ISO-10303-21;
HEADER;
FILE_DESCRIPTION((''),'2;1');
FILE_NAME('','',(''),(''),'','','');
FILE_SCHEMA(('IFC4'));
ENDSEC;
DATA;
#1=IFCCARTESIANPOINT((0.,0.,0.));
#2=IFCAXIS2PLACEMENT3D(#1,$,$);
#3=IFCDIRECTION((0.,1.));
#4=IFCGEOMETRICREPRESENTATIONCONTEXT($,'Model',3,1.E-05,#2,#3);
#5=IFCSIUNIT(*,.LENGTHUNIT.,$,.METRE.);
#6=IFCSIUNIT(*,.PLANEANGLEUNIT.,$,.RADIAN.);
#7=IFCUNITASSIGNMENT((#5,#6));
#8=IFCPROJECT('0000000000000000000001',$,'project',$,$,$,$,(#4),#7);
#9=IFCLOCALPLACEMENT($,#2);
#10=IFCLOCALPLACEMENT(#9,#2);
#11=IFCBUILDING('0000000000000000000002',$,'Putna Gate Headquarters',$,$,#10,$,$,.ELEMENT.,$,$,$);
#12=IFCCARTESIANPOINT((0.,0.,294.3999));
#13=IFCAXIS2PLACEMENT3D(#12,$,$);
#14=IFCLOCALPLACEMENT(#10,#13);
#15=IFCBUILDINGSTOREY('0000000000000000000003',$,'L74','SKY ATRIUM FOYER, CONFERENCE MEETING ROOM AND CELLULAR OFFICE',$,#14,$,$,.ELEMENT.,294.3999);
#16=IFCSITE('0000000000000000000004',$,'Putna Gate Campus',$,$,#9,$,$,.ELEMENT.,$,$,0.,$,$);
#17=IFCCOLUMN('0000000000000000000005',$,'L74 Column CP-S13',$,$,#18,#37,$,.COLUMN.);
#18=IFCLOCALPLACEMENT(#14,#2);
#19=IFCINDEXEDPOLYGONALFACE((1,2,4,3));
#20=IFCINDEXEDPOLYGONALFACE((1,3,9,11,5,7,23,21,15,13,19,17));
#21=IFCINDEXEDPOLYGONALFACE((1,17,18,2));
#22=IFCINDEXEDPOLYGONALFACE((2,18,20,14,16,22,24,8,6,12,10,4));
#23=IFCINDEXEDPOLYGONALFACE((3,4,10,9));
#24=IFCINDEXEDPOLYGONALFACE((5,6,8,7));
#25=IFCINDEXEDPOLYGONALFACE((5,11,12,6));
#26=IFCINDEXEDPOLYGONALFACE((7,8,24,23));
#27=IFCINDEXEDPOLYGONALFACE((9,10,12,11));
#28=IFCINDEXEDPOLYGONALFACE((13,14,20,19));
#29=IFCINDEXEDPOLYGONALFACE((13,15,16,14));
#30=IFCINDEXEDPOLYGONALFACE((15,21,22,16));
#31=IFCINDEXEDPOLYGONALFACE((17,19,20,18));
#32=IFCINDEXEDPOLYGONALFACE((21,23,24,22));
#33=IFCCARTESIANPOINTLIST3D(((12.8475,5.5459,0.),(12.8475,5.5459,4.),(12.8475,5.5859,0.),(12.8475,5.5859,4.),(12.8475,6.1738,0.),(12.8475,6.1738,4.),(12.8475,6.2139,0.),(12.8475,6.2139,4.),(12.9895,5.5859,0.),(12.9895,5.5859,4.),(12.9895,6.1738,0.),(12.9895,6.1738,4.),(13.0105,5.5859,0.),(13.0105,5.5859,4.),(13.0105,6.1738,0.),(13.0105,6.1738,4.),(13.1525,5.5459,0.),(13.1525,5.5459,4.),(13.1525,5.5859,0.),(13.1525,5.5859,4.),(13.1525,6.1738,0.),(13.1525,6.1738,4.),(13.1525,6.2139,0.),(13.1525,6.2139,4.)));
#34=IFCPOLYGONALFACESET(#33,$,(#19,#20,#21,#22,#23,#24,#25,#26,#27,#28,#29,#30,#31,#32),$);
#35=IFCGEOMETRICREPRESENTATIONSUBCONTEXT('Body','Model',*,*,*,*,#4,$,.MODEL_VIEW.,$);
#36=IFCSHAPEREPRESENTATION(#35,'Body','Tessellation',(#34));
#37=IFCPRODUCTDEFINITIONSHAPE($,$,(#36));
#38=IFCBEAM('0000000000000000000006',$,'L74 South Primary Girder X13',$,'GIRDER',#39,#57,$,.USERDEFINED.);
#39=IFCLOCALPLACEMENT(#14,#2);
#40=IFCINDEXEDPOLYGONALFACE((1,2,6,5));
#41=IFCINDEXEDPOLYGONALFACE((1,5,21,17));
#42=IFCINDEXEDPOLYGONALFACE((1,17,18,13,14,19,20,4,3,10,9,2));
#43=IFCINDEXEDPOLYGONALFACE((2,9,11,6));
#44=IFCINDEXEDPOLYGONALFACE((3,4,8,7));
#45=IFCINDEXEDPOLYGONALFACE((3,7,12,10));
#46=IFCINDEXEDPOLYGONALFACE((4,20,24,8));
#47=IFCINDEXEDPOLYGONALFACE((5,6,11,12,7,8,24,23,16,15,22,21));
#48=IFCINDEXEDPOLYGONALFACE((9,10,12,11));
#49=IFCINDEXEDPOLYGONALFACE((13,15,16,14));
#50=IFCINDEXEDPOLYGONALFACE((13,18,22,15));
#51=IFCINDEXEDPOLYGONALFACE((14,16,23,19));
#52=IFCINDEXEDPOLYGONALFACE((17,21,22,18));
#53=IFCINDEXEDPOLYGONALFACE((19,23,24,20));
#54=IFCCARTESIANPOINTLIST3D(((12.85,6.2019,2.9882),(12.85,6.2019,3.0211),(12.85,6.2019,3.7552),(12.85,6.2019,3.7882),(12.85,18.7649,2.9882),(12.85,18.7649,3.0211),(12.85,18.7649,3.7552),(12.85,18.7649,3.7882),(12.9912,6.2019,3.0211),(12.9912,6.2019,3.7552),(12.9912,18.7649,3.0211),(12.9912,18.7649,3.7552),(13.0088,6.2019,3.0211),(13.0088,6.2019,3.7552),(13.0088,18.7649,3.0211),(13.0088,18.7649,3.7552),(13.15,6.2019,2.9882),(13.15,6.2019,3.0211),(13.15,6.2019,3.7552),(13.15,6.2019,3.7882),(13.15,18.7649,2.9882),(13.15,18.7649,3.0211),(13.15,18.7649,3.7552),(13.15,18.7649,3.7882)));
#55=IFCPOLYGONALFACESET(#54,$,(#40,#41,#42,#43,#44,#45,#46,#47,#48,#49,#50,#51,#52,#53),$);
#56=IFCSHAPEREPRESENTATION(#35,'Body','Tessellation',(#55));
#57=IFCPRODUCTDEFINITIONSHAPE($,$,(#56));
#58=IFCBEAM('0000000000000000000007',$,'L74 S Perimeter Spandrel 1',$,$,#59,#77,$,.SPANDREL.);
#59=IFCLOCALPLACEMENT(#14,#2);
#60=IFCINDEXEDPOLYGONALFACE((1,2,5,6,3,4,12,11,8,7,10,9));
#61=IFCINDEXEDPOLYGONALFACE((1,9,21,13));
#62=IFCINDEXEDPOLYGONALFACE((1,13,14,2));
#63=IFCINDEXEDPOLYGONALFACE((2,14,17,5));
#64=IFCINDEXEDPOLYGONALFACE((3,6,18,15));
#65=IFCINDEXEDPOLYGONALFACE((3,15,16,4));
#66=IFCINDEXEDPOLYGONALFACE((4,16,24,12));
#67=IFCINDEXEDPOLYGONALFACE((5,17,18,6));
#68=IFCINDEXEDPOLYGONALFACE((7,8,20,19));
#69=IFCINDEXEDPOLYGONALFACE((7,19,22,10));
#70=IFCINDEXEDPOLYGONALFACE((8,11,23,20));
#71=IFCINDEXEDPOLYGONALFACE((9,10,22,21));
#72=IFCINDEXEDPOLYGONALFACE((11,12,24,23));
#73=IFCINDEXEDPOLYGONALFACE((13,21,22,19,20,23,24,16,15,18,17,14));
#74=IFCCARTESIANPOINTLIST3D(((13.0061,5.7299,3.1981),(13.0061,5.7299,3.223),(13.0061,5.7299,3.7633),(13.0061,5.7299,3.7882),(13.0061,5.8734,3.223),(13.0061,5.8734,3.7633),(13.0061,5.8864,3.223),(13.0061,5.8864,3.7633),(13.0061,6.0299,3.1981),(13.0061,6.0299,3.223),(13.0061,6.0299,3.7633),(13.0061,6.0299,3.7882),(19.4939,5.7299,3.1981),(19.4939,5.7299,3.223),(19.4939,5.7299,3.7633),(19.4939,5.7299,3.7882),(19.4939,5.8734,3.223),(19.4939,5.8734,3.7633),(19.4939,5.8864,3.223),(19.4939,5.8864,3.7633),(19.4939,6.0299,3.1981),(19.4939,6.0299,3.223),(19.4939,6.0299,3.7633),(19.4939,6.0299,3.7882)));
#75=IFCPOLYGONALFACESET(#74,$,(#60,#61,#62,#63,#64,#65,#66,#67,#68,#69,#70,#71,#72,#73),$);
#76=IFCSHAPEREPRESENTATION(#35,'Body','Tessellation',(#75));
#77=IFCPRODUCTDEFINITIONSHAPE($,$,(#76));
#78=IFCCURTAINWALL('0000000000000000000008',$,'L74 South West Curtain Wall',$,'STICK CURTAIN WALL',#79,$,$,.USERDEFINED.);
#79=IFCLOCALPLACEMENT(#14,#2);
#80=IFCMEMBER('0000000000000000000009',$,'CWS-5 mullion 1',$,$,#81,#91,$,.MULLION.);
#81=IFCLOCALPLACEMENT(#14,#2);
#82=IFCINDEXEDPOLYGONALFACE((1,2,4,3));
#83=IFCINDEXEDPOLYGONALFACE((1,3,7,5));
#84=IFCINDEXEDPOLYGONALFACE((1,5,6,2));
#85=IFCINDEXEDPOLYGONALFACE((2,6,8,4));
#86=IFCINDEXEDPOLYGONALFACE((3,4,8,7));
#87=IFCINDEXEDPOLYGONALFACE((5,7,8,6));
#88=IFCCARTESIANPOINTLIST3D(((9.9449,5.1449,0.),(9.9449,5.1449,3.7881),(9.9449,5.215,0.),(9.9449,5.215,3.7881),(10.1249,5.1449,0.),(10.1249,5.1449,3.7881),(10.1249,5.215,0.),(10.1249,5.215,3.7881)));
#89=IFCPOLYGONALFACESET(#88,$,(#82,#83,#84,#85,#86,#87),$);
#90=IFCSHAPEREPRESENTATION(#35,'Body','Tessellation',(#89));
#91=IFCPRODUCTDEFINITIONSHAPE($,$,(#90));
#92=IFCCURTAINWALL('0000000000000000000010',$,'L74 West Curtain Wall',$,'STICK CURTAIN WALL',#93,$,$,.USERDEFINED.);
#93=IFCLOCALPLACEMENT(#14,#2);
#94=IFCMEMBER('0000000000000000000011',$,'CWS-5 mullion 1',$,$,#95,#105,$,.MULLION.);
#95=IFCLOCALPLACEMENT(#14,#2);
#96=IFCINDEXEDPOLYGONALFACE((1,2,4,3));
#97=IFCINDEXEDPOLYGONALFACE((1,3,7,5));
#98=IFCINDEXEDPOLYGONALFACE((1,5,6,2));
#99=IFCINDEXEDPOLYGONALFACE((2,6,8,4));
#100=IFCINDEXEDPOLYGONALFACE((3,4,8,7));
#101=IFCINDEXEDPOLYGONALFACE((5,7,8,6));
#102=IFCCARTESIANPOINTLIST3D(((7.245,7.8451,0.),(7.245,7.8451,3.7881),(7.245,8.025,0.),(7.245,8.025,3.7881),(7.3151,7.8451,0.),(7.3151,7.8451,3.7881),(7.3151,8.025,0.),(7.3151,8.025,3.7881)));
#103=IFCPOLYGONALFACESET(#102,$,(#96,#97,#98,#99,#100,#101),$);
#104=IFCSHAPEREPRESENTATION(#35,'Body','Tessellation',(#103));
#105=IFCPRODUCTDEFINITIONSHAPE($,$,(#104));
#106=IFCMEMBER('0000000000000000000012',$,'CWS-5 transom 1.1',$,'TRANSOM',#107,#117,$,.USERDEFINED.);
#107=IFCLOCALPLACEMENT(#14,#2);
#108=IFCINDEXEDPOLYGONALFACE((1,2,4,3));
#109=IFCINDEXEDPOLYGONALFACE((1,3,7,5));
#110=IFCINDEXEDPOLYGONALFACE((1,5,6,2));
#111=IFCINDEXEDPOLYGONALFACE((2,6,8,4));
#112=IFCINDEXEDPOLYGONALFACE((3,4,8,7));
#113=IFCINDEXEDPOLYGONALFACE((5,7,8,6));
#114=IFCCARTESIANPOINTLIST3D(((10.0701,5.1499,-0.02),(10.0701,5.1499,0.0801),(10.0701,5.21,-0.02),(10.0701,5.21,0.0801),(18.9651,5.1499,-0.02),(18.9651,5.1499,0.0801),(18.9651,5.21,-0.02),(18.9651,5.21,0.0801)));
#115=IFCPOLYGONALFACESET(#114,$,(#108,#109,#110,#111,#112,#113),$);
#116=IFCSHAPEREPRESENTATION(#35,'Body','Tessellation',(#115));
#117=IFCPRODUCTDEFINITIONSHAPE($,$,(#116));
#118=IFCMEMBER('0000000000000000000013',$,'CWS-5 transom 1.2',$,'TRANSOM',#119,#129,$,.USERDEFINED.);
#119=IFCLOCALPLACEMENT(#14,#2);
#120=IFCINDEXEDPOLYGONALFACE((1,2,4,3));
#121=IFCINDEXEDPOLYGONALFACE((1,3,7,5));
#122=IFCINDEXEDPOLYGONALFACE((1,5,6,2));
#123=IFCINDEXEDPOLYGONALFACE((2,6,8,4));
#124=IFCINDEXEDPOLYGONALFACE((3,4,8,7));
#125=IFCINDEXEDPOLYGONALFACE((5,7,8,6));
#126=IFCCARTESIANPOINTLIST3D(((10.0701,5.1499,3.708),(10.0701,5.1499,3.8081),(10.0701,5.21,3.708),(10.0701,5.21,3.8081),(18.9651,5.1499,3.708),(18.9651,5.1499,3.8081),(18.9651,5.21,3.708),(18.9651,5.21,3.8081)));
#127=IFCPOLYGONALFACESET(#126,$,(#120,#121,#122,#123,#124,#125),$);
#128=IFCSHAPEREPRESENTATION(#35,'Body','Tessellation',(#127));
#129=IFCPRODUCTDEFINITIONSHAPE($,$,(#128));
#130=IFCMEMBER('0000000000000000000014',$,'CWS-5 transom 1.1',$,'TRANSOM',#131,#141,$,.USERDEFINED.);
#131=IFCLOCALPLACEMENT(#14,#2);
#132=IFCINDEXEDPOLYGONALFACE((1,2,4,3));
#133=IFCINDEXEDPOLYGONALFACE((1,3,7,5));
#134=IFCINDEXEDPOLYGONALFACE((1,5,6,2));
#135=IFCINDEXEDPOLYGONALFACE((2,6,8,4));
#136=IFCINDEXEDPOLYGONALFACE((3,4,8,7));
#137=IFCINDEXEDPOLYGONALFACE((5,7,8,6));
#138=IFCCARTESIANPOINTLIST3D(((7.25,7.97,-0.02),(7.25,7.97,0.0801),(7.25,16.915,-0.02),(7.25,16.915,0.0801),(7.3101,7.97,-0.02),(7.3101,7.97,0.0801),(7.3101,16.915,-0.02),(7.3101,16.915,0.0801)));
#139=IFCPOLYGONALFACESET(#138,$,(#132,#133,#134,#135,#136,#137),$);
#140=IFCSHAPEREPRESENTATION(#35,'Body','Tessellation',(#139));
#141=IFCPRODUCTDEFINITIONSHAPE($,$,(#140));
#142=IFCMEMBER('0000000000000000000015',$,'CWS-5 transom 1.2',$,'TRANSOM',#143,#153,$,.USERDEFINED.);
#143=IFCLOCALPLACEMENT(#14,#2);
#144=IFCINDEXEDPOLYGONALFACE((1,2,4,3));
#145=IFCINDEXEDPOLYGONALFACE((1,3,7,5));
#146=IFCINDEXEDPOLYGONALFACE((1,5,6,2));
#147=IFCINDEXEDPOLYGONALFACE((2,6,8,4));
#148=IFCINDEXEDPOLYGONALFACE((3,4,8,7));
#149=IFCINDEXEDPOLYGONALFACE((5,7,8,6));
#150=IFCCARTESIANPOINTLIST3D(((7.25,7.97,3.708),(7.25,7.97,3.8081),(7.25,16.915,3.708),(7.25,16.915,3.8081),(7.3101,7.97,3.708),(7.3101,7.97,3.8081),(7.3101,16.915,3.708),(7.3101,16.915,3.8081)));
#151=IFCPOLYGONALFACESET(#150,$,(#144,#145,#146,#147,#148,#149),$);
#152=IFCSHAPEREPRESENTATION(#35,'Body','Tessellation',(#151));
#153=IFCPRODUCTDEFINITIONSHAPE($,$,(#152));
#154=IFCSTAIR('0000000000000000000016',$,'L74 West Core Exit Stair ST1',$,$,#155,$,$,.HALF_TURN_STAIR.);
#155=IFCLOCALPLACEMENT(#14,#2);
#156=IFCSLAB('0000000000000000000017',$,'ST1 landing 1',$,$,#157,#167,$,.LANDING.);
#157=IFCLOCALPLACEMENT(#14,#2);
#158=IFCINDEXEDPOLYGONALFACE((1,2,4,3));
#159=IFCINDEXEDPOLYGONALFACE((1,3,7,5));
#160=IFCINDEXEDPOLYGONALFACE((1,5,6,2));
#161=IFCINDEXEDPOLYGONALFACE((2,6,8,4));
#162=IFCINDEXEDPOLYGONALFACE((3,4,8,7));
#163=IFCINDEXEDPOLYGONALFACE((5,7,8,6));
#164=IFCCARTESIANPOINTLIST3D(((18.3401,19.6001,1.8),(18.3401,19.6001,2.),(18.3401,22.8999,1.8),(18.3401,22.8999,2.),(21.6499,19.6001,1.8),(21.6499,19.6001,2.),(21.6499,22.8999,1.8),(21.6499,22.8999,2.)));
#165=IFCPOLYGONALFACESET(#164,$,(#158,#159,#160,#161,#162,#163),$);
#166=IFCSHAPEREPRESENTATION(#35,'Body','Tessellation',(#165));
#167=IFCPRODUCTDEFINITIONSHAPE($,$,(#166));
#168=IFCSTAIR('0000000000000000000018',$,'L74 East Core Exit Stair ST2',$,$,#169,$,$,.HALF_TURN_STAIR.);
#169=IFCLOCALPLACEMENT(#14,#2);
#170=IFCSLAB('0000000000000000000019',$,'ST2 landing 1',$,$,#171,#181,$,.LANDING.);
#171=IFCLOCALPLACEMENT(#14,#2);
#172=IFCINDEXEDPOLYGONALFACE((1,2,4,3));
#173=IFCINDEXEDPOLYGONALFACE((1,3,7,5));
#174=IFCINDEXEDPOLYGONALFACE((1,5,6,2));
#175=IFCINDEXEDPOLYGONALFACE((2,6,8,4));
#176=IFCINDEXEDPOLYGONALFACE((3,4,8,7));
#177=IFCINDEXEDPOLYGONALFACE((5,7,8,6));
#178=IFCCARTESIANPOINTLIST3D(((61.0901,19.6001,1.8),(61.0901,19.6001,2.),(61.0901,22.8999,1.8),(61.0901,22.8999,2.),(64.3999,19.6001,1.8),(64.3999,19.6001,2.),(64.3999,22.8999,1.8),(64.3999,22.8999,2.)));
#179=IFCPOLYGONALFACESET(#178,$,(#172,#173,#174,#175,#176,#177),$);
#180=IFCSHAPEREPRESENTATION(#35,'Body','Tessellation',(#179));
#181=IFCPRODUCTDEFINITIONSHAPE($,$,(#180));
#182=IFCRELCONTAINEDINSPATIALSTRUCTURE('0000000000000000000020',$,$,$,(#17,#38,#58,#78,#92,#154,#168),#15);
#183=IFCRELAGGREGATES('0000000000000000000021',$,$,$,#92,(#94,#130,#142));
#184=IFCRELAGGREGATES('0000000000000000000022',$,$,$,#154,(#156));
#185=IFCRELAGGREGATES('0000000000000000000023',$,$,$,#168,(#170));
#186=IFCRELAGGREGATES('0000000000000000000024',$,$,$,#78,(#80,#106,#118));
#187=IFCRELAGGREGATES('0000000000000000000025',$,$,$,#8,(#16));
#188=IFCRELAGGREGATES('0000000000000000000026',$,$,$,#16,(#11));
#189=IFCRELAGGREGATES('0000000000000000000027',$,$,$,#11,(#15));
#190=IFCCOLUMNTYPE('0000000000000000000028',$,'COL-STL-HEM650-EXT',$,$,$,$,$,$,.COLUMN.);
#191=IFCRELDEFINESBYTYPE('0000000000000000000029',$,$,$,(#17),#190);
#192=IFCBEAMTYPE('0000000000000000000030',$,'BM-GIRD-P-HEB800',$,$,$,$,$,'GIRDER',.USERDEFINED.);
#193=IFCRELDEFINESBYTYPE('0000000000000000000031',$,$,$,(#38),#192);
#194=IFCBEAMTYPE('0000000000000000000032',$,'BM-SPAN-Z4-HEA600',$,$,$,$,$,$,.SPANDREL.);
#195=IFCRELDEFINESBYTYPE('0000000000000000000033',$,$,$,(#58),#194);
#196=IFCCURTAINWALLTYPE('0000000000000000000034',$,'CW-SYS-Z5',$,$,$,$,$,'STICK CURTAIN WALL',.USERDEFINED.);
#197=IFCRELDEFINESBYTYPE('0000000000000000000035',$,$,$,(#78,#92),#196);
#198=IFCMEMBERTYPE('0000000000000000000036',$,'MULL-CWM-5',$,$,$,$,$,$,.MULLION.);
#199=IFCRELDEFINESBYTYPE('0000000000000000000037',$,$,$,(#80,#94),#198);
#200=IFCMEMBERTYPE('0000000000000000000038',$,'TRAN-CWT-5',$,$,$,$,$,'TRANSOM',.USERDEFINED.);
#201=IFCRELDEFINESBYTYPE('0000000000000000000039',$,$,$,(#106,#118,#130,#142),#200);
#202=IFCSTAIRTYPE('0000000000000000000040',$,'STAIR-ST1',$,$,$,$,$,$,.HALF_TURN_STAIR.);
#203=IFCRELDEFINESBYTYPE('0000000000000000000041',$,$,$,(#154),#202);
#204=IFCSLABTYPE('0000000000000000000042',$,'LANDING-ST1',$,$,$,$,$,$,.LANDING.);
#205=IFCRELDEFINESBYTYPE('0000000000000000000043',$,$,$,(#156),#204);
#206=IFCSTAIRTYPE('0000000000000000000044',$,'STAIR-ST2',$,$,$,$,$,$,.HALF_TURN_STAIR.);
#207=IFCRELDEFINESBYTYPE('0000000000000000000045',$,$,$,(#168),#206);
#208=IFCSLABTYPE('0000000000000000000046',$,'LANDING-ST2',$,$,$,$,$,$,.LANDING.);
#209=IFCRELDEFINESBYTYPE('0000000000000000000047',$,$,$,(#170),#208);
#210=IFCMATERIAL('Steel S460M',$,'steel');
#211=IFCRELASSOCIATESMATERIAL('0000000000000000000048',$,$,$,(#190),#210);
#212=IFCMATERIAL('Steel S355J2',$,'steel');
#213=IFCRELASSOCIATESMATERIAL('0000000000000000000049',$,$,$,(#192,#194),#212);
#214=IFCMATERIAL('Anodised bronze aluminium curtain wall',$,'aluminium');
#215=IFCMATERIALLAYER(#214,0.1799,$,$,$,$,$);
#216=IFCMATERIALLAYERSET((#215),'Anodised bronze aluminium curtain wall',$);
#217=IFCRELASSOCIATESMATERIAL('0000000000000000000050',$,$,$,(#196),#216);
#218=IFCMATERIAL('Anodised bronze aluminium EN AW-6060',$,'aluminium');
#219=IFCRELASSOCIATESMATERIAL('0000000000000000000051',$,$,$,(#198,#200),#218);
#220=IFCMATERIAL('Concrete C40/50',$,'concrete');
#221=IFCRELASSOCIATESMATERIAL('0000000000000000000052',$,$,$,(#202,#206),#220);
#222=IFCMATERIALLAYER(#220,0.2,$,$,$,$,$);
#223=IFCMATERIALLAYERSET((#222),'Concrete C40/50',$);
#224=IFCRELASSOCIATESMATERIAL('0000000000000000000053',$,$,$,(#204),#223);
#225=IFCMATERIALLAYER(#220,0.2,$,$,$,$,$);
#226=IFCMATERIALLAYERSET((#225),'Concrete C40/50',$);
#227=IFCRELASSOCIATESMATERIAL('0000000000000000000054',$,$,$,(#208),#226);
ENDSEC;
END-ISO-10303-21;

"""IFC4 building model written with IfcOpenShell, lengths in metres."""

from ifc_helpers import new_model, si_unit, direction, frame, origin, origin_2d, place, context, subcontext, project, spatial, polyline, rectangle, i_section, outline, extrude, material, layer, layer_set, material_profile, profile_set, type_object, element, aggregate, save


model = new_model("IFC4")

# Units and contexts
model_context = context("Model", 3, precision=1e-05, world=origin(), true_north=direction((0.0, 1.0)))
body_context = subcontext(model_context, "Body", "Model", "MODEL_VIEW")
ifc_project = project(units=[si_unit("LENGTHUNIT", "METRE"), si_unit("PLANEANGLEUNIT", "RADIAN")], contexts=[model_context])

# Site, building, storey
site_placement = place(None, origin())
site = spatial("IfcSite", under=ifc_project, at=site_placement, Name="Putna Gate Campus", CompositionType="ELEMENT", RefElevation=0.0)
building_placement = place(site_placement, origin())
building = spatial("IfcBuilding", under=site, at=building_placement, Name="Putna Gate Headquarters", CompositionType="ELEMENT")
storey_placement = place(building_placement, frame((0.0, 0.0, 294.3999)))
storey = spatial("IfcBuildingStorey", under=building, at=storey_placement, Name="L74", Description="SKY ATRIUM FOYER, CONFERENCE MEETING ROOM AND CELLULAR OFFICE", CompositionType="ELEMENT", Elevation=294.3999)

# Column
ifc_material_1 = material(Name="Steel S460M", Category="steel")
ifc_material_profile_1 = material_profile(ifc_material_1, i_section(OverallWidth=0.3049, OverallDepth=0.668, WebThickness=0.021, FlangeThickness=0.04, at=origin_2d()), Name="Steel S460M")
ifc_profile_set_1 = profile_set([ifc_material_profile_1], Name="Steel S460M")
column_type = type_object("IfcColumnType", Name="COL-STL-HEM650-EXT", PredefinedType="COLUMN", material=ifc_profile_set_1)
column_placement = place(storey_placement, frame((13.0, 5.8799, 0.0), z_axis=(0.0, 0.0, 1.0), x_axis=(1.0, 0.0, 0.0)))
element("IfcColumn", 1, at=column_placement, inside=storey, type_object=column_type, Name="L74 Column CP-S13", PredefinedType="COLUMN", context=body_context, shape_type="SweptSolid", body=[
    extrude(i_section(OverallWidth=0.3049, OverallDepth=0.668, WebThickness=0.021, FlangeThickness=0.04, at=origin_2d()), origin(), (0.0, 0.0, 1.0), 4.0),
])

# Beams
ifc_material_2 = material(Name="Steel S355J2", Category="steel")
ifc_material_profile_2 = material_profile(ifc_material_2, i_section(OverallWidth=0.3, OverallDepth=0.8, WebThickness=0.0176, FlangeThickness=0.033, at=origin_2d()), Name="Steel S355J2")
ifc_profile_set_2 = profile_set([ifc_material_profile_2], Name="Steel S355J2")
beam_type_1 = type_object("IfcBeamType", Name="BM-GIRD-P-HEB800", ElementType="GIRDER", PredefinedType="USERDEFINED", material=ifc_profile_set_2)
beam_1_placement = place(storey_placement, frame((13.0, 6.2019, 3.3882), z_axis=(0.0, 1.0, 0.0), x_axis=(-1.0, 0.0, 0.0)))
element("IfcBeam", 2, at=beam_1_placement, inside=storey, type_object=beam_type_1, Name="L74 South Primary Girder X13", ObjectType="GIRDER", PredefinedType="USERDEFINED", context=body_context, shape_type="SweptSolid", body=[
    extrude(i_section(OverallWidth=0.3, OverallDepth=0.8, WebThickness=0.0176, FlangeThickness=0.033, at=origin_2d()), origin(), (0.0, 0.0, 1.0), 12.563),
])
ifc_material_profile_3 = material_profile(ifc_material_2, i_section(OverallWidth=0.3, OverallDepth=0.5901, WebThickness=0.0129, FlangeThickness=0.0249, at=origin_2d()), Name="Steel S355J2")
ifc_profile_set_3 = profile_set([ifc_material_profile_3], Name="Steel S355J2")
beam_type_2 = type_object("IfcBeamType", Name="BM-SPAN-Z4-HEA600", PredefinedType="SPANDREL", material=ifc_profile_set_3)
beam_2_placement = place(storey_placement, frame((13.0061, 5.8799, 3.4932), z_axis=(1.0, 0.0, 0.0), x_axis=(0.0, 1.0, 0.0)))
element("IfcBeam", 3, at=beam_2_placement, inside=storey, type_object=beam_type_2, Name="L74 S Perimeter Spandrel 1", PredefinedType="SPANDREL", context=body_context, shape_type="SweptSolid", body=[
    extrude(i_section(OverallWidth=0.3, OverallDepth=0.5901, WebThickness=0.0129, FlangeThickness=0.0249, at=origin_2d()), origin(), (0.0, 0.0, 1.0), 6.4878),
])

# Curtain walls, members
ifc_material_3 = material(Name="Anodised bronze aluminium curtain wall", Category="aluminium")
ifc_layer_1 = layer(ifc_material_3, 0.1799)
ifc_layer_set_1 = layer_set([ifc_layer_1], Name="Anodised bronze aluminium curtain wall")
curtain_wall_type = type_object("IfcCurtainWallType", Name="CW-SYS-Z5", ElementType="STICK CURTAIN WALL", PredefinedType="USERDEFINED", material=ifc_layer_set_1)
curtain_wall_1_placement = place(storey_placement, origin())
curtain_wall_1 = element("IfcCurtainWall", 4, at=curtain_wall_1_placement, inside=storey, type_object=curtain_wall_type, Name="L74 South West Curtain Wall", ObjectType="STICK CURTAIN WALL", PredefinedType="USERDEFINED")
ifc_material_4 = material(Name="Anodised bronze aluminium EN AW-6060", Category="aluminium")
ifc_material_profile_4 = material_profile(ifc_material_4, rectangle(XDim=0.0701, YDim=0.1799, at=origin_2d()), Name="Anodised bronze aluminium EN AW-6060")
ifc_profile_set_4 = profile_set([ifc_material_profile_4], Name="Anodised bronze aluminium EN AW-6060")
member_type_1 = type_object("IfcMemberType", Name="MULL-CWM-5", PredefinedType="MULLION", material=ifc_profile_set_4)
member_1_placement = place(storey_placement, frame((10.0349, 5.1799, 0.0), z_axis=(0.0, 0.0, 1.0), x_axis=(0.0, 1.0, 0.0)))
member_1 = element("IfcMember", 5, at=member_1_placement, type_object=member_type_1, Name="CWS-5 mullion 1", PredefinedType="MULLION", context=body_context, shape_type="SweptSolid", body=[
    extrude(rectangle(XDim=0.0701, YDim=0.1799, at=origin_2d()), origin(), (0.0, 0.0, 1.0), 3.7881),
])
curtain_wall_2_placement = place(storey_placement, origin())
curtain_wall_2 = element("IfcCurtainWall", 6, at=curtain_wall_2_placement, inside=storey, type_object=curtain_wall_type, Name="L74 West Curtain Wall", ObjectType="STICK CURTAIN WALL", PredefinedType="USERDEFINED")
member_2_placement = place(storey_placement, frame((7.28, 7.9351, 0.0), z_axis=(0.0, 0.0, 1.0), x_axis=(-1.0, 0.0, 0.0)))
member_2 = element("IfcMember", 7, at=member_2_placement, type_object=member_type_1, Name="CWS-5 mullion 1", PredefinedType="MULLION", context=body_context, shape_type="SweptSolid", body=[
    extrude(rectangle(XDim=0.0701, YDim=0.1799, at=origin_2d()), origin(), (0.0, 0.0, 1.0), 3.7881),
])

# Members
ifc_material_profile_5 = material_profile(ifc_material_4, rectangle(XDim=0.0601, YDim=0.1001, at=origin_2d()), Name="Anodised bronze aluminium EN AW-6060")
ifc_profile_set_5 = profile_set([ifc_material_profile_5], Name="Anodised bronze aluminium EN AW-6060")
member_type_2 = type_object("IfcMemberType", Name="TRAN-CWT-5", ElementType="TRANSOM", PredefinedType="USERDEFINED", material=ifc_profile_set_5)
member_3_placement = place(storey_placement, frame((10.0701, 5.1799, 0.03), z_axis=(1.0, 0.0, 0.0), x_axis=(0.0, 1.0, 0.0)))
member_3 = element("IfcMember", 8, at=member_3_placement, type_object=member_type_2, Name="CWS-5 transom 1.1", ObjectType="TRANSOM", PredefinedType="USERDEFINED", context=body_context, shape_type="SweptSolid", body=[
    extrude(rectangle(XDim=0.0601, YDim=0.1001, at=origin_2d()), origin(), (0.0, 0.0, 1.0), 8.895),
])
member_4_placement = place(storey_placement, frame((10.0701, 5.1799, 3.7581), z_axis=(1.0, 0.0, 0.0), x_axis=(0.0, 1.0, 0.0)))
member_4 = element("IfcMember", 9, at=member_4_placement, type_object=member_type_2, Name="CWS-5 transom 1.2", ObjectType="TRANSOM", PredefinedType="USERDEFINED", context=body_context, shape_type="SweptSolid", body=[
    extrude(rectangle(XDim=0.0601, YDim=0.1001, at=origin_2d()), origin(), (0.0, 0.0, 1.0), 8.895),
])
member_5_placement = place(storey_placement, frame((7.28, 7.97, 0.03), z_axis=(0.0, 1.0, 0.0), x_axis=(-1.0, 0.0, 0.0)))
member_5 = element("IfcMember", 10, at=member_5_placement, type_object=member_type_2, Name="CWS-5 transom 1.1", ObjectType="TRANSOM", PredefinedType="USERDEFINED", context=body_context, shape_type="SweptSolid", body=[
    extrude(rectangle(XDim=0.0601, YDim=0.1001, at=origin_2d()), origin(), (0.0, 0.0, 1.0), 8.9451),
])
member_6_placement = place(storey_placement, frame((7.28, 7.97, 3.7581), z_axis=(0.0, 1.0, 0.0), x_axis=(-1.0, 0.0, 0.0)))
member_6 = element("IfcMember", 11, at=member_6_placement, type_object=member_type_2, Name="CWS-5 transom 1.2", ObjectType="TRANSOM", PredefinedType="USERDEFINED", context=body_context, shape_type="SweptSolid", body=[
    extrude(rectangle(XDim=0.0601, YDim=0.1001, at=origin_2d()), origin(), (0.0, 0.0, 1.0), 8.9451),
])
aggregate(curtain_wall_2, [member_2, member_5, member_6])

# Stairs, slabs
ifc_material_5 = material(Name="Concrete C40/50", Category="concrete")
stair_type_1 = type_object("IfcStairType", Name="STAIR-ST1", PredefinedType="HALF_TURN_STAIR", material=ifc_material_5)
stair_1_placement = place(storey_placement, origin())
stair_1 = element("IfcStair", 12, at=stair_1_placement, inside=storey, type_object=stair_type_1, Name="L74 West Core Exit Stair ST1", PredefinedType="HALF_TURN_STAIR")
ifc_layer_2 = layer(ifc_material_5, 0.2)
ifc_layer_set_2 = layer_set([ifc_layer_2], Name="Concrete C40/50")
slab_type_1 = type_object("IfcSlabType", Name="LANDING-ST1", PredefinedType="LANDING", material=ifc_layer_set_2)
slab_1_placement = place(storey_placement, frame((0.0, 0.0, 1.8)))
slab_1 = element("IfcSlab", 13, at=slab_1_placement, type_object=slab_type_1, Name="ST1 landing 1", PredefinedType="LANDING", context=body_context, shape_type="SweptSolid", body=[
    extrude(outline(polyline([(18.3401, 19.6001), (21.6499, 19.6001), (21.6499, 22.8999), (18.3401, 22.8999), (18.3401, 19.6001)])), origin(), (0.0, 0.0, 1.0), 0.2),
])
aggregate(stair_1, [slab_1])
stair_type_2 = type_object("IfcStairType", Name="STAIR-ST2", PredefinedType="HALF_TURN_STAIR", material=ifc_material_5)
stair_2_placement = place(storey_placement, origin())
stair_2 = element("IfcStair", 14, at=stair_2_placement, inside=storey, type_object=stair_type_2, Name="L74 East Core Exit Stair ST2", PredefinedType="HALF_TURN_STAIR")
ifc_layer_3 = layer(ifc_material_5, 0.2)
ifc_layer_set_3 = layer_set([ifc_layer_3], Name="Concrete C40/50")
slab_type_2 = type_object("IfcSlabType", Name="LANDING-ST2", PredefinedType="LANDING", material=ifc_layer_set_3)
slab_2_placement = place(storey_placement, frame((0.0, 0.0, 1.8)))
slab_2 = element("IfcSlab", 15, at=slab_2_placement, type_object=slab_type_2, Name="ST2 landing 1", PredefinedType="LANDING", context=body_context, shape_type="SweptSolid", body=[
    extrude(outline(polyline([(61.0901, 19.6001), (64.3999, 19.6001), (64.3999, 22.8999), (61.0901, 22.8999), (61.0901, 19.6001)])), origin(), (0.0, 0.0, 1.0), 0.2),
])
aggregate(stair_2, [slab_2])

aggregate(curtain_wall_1, [member_1, member_3, member_4])

save(model, "model.ifc")
